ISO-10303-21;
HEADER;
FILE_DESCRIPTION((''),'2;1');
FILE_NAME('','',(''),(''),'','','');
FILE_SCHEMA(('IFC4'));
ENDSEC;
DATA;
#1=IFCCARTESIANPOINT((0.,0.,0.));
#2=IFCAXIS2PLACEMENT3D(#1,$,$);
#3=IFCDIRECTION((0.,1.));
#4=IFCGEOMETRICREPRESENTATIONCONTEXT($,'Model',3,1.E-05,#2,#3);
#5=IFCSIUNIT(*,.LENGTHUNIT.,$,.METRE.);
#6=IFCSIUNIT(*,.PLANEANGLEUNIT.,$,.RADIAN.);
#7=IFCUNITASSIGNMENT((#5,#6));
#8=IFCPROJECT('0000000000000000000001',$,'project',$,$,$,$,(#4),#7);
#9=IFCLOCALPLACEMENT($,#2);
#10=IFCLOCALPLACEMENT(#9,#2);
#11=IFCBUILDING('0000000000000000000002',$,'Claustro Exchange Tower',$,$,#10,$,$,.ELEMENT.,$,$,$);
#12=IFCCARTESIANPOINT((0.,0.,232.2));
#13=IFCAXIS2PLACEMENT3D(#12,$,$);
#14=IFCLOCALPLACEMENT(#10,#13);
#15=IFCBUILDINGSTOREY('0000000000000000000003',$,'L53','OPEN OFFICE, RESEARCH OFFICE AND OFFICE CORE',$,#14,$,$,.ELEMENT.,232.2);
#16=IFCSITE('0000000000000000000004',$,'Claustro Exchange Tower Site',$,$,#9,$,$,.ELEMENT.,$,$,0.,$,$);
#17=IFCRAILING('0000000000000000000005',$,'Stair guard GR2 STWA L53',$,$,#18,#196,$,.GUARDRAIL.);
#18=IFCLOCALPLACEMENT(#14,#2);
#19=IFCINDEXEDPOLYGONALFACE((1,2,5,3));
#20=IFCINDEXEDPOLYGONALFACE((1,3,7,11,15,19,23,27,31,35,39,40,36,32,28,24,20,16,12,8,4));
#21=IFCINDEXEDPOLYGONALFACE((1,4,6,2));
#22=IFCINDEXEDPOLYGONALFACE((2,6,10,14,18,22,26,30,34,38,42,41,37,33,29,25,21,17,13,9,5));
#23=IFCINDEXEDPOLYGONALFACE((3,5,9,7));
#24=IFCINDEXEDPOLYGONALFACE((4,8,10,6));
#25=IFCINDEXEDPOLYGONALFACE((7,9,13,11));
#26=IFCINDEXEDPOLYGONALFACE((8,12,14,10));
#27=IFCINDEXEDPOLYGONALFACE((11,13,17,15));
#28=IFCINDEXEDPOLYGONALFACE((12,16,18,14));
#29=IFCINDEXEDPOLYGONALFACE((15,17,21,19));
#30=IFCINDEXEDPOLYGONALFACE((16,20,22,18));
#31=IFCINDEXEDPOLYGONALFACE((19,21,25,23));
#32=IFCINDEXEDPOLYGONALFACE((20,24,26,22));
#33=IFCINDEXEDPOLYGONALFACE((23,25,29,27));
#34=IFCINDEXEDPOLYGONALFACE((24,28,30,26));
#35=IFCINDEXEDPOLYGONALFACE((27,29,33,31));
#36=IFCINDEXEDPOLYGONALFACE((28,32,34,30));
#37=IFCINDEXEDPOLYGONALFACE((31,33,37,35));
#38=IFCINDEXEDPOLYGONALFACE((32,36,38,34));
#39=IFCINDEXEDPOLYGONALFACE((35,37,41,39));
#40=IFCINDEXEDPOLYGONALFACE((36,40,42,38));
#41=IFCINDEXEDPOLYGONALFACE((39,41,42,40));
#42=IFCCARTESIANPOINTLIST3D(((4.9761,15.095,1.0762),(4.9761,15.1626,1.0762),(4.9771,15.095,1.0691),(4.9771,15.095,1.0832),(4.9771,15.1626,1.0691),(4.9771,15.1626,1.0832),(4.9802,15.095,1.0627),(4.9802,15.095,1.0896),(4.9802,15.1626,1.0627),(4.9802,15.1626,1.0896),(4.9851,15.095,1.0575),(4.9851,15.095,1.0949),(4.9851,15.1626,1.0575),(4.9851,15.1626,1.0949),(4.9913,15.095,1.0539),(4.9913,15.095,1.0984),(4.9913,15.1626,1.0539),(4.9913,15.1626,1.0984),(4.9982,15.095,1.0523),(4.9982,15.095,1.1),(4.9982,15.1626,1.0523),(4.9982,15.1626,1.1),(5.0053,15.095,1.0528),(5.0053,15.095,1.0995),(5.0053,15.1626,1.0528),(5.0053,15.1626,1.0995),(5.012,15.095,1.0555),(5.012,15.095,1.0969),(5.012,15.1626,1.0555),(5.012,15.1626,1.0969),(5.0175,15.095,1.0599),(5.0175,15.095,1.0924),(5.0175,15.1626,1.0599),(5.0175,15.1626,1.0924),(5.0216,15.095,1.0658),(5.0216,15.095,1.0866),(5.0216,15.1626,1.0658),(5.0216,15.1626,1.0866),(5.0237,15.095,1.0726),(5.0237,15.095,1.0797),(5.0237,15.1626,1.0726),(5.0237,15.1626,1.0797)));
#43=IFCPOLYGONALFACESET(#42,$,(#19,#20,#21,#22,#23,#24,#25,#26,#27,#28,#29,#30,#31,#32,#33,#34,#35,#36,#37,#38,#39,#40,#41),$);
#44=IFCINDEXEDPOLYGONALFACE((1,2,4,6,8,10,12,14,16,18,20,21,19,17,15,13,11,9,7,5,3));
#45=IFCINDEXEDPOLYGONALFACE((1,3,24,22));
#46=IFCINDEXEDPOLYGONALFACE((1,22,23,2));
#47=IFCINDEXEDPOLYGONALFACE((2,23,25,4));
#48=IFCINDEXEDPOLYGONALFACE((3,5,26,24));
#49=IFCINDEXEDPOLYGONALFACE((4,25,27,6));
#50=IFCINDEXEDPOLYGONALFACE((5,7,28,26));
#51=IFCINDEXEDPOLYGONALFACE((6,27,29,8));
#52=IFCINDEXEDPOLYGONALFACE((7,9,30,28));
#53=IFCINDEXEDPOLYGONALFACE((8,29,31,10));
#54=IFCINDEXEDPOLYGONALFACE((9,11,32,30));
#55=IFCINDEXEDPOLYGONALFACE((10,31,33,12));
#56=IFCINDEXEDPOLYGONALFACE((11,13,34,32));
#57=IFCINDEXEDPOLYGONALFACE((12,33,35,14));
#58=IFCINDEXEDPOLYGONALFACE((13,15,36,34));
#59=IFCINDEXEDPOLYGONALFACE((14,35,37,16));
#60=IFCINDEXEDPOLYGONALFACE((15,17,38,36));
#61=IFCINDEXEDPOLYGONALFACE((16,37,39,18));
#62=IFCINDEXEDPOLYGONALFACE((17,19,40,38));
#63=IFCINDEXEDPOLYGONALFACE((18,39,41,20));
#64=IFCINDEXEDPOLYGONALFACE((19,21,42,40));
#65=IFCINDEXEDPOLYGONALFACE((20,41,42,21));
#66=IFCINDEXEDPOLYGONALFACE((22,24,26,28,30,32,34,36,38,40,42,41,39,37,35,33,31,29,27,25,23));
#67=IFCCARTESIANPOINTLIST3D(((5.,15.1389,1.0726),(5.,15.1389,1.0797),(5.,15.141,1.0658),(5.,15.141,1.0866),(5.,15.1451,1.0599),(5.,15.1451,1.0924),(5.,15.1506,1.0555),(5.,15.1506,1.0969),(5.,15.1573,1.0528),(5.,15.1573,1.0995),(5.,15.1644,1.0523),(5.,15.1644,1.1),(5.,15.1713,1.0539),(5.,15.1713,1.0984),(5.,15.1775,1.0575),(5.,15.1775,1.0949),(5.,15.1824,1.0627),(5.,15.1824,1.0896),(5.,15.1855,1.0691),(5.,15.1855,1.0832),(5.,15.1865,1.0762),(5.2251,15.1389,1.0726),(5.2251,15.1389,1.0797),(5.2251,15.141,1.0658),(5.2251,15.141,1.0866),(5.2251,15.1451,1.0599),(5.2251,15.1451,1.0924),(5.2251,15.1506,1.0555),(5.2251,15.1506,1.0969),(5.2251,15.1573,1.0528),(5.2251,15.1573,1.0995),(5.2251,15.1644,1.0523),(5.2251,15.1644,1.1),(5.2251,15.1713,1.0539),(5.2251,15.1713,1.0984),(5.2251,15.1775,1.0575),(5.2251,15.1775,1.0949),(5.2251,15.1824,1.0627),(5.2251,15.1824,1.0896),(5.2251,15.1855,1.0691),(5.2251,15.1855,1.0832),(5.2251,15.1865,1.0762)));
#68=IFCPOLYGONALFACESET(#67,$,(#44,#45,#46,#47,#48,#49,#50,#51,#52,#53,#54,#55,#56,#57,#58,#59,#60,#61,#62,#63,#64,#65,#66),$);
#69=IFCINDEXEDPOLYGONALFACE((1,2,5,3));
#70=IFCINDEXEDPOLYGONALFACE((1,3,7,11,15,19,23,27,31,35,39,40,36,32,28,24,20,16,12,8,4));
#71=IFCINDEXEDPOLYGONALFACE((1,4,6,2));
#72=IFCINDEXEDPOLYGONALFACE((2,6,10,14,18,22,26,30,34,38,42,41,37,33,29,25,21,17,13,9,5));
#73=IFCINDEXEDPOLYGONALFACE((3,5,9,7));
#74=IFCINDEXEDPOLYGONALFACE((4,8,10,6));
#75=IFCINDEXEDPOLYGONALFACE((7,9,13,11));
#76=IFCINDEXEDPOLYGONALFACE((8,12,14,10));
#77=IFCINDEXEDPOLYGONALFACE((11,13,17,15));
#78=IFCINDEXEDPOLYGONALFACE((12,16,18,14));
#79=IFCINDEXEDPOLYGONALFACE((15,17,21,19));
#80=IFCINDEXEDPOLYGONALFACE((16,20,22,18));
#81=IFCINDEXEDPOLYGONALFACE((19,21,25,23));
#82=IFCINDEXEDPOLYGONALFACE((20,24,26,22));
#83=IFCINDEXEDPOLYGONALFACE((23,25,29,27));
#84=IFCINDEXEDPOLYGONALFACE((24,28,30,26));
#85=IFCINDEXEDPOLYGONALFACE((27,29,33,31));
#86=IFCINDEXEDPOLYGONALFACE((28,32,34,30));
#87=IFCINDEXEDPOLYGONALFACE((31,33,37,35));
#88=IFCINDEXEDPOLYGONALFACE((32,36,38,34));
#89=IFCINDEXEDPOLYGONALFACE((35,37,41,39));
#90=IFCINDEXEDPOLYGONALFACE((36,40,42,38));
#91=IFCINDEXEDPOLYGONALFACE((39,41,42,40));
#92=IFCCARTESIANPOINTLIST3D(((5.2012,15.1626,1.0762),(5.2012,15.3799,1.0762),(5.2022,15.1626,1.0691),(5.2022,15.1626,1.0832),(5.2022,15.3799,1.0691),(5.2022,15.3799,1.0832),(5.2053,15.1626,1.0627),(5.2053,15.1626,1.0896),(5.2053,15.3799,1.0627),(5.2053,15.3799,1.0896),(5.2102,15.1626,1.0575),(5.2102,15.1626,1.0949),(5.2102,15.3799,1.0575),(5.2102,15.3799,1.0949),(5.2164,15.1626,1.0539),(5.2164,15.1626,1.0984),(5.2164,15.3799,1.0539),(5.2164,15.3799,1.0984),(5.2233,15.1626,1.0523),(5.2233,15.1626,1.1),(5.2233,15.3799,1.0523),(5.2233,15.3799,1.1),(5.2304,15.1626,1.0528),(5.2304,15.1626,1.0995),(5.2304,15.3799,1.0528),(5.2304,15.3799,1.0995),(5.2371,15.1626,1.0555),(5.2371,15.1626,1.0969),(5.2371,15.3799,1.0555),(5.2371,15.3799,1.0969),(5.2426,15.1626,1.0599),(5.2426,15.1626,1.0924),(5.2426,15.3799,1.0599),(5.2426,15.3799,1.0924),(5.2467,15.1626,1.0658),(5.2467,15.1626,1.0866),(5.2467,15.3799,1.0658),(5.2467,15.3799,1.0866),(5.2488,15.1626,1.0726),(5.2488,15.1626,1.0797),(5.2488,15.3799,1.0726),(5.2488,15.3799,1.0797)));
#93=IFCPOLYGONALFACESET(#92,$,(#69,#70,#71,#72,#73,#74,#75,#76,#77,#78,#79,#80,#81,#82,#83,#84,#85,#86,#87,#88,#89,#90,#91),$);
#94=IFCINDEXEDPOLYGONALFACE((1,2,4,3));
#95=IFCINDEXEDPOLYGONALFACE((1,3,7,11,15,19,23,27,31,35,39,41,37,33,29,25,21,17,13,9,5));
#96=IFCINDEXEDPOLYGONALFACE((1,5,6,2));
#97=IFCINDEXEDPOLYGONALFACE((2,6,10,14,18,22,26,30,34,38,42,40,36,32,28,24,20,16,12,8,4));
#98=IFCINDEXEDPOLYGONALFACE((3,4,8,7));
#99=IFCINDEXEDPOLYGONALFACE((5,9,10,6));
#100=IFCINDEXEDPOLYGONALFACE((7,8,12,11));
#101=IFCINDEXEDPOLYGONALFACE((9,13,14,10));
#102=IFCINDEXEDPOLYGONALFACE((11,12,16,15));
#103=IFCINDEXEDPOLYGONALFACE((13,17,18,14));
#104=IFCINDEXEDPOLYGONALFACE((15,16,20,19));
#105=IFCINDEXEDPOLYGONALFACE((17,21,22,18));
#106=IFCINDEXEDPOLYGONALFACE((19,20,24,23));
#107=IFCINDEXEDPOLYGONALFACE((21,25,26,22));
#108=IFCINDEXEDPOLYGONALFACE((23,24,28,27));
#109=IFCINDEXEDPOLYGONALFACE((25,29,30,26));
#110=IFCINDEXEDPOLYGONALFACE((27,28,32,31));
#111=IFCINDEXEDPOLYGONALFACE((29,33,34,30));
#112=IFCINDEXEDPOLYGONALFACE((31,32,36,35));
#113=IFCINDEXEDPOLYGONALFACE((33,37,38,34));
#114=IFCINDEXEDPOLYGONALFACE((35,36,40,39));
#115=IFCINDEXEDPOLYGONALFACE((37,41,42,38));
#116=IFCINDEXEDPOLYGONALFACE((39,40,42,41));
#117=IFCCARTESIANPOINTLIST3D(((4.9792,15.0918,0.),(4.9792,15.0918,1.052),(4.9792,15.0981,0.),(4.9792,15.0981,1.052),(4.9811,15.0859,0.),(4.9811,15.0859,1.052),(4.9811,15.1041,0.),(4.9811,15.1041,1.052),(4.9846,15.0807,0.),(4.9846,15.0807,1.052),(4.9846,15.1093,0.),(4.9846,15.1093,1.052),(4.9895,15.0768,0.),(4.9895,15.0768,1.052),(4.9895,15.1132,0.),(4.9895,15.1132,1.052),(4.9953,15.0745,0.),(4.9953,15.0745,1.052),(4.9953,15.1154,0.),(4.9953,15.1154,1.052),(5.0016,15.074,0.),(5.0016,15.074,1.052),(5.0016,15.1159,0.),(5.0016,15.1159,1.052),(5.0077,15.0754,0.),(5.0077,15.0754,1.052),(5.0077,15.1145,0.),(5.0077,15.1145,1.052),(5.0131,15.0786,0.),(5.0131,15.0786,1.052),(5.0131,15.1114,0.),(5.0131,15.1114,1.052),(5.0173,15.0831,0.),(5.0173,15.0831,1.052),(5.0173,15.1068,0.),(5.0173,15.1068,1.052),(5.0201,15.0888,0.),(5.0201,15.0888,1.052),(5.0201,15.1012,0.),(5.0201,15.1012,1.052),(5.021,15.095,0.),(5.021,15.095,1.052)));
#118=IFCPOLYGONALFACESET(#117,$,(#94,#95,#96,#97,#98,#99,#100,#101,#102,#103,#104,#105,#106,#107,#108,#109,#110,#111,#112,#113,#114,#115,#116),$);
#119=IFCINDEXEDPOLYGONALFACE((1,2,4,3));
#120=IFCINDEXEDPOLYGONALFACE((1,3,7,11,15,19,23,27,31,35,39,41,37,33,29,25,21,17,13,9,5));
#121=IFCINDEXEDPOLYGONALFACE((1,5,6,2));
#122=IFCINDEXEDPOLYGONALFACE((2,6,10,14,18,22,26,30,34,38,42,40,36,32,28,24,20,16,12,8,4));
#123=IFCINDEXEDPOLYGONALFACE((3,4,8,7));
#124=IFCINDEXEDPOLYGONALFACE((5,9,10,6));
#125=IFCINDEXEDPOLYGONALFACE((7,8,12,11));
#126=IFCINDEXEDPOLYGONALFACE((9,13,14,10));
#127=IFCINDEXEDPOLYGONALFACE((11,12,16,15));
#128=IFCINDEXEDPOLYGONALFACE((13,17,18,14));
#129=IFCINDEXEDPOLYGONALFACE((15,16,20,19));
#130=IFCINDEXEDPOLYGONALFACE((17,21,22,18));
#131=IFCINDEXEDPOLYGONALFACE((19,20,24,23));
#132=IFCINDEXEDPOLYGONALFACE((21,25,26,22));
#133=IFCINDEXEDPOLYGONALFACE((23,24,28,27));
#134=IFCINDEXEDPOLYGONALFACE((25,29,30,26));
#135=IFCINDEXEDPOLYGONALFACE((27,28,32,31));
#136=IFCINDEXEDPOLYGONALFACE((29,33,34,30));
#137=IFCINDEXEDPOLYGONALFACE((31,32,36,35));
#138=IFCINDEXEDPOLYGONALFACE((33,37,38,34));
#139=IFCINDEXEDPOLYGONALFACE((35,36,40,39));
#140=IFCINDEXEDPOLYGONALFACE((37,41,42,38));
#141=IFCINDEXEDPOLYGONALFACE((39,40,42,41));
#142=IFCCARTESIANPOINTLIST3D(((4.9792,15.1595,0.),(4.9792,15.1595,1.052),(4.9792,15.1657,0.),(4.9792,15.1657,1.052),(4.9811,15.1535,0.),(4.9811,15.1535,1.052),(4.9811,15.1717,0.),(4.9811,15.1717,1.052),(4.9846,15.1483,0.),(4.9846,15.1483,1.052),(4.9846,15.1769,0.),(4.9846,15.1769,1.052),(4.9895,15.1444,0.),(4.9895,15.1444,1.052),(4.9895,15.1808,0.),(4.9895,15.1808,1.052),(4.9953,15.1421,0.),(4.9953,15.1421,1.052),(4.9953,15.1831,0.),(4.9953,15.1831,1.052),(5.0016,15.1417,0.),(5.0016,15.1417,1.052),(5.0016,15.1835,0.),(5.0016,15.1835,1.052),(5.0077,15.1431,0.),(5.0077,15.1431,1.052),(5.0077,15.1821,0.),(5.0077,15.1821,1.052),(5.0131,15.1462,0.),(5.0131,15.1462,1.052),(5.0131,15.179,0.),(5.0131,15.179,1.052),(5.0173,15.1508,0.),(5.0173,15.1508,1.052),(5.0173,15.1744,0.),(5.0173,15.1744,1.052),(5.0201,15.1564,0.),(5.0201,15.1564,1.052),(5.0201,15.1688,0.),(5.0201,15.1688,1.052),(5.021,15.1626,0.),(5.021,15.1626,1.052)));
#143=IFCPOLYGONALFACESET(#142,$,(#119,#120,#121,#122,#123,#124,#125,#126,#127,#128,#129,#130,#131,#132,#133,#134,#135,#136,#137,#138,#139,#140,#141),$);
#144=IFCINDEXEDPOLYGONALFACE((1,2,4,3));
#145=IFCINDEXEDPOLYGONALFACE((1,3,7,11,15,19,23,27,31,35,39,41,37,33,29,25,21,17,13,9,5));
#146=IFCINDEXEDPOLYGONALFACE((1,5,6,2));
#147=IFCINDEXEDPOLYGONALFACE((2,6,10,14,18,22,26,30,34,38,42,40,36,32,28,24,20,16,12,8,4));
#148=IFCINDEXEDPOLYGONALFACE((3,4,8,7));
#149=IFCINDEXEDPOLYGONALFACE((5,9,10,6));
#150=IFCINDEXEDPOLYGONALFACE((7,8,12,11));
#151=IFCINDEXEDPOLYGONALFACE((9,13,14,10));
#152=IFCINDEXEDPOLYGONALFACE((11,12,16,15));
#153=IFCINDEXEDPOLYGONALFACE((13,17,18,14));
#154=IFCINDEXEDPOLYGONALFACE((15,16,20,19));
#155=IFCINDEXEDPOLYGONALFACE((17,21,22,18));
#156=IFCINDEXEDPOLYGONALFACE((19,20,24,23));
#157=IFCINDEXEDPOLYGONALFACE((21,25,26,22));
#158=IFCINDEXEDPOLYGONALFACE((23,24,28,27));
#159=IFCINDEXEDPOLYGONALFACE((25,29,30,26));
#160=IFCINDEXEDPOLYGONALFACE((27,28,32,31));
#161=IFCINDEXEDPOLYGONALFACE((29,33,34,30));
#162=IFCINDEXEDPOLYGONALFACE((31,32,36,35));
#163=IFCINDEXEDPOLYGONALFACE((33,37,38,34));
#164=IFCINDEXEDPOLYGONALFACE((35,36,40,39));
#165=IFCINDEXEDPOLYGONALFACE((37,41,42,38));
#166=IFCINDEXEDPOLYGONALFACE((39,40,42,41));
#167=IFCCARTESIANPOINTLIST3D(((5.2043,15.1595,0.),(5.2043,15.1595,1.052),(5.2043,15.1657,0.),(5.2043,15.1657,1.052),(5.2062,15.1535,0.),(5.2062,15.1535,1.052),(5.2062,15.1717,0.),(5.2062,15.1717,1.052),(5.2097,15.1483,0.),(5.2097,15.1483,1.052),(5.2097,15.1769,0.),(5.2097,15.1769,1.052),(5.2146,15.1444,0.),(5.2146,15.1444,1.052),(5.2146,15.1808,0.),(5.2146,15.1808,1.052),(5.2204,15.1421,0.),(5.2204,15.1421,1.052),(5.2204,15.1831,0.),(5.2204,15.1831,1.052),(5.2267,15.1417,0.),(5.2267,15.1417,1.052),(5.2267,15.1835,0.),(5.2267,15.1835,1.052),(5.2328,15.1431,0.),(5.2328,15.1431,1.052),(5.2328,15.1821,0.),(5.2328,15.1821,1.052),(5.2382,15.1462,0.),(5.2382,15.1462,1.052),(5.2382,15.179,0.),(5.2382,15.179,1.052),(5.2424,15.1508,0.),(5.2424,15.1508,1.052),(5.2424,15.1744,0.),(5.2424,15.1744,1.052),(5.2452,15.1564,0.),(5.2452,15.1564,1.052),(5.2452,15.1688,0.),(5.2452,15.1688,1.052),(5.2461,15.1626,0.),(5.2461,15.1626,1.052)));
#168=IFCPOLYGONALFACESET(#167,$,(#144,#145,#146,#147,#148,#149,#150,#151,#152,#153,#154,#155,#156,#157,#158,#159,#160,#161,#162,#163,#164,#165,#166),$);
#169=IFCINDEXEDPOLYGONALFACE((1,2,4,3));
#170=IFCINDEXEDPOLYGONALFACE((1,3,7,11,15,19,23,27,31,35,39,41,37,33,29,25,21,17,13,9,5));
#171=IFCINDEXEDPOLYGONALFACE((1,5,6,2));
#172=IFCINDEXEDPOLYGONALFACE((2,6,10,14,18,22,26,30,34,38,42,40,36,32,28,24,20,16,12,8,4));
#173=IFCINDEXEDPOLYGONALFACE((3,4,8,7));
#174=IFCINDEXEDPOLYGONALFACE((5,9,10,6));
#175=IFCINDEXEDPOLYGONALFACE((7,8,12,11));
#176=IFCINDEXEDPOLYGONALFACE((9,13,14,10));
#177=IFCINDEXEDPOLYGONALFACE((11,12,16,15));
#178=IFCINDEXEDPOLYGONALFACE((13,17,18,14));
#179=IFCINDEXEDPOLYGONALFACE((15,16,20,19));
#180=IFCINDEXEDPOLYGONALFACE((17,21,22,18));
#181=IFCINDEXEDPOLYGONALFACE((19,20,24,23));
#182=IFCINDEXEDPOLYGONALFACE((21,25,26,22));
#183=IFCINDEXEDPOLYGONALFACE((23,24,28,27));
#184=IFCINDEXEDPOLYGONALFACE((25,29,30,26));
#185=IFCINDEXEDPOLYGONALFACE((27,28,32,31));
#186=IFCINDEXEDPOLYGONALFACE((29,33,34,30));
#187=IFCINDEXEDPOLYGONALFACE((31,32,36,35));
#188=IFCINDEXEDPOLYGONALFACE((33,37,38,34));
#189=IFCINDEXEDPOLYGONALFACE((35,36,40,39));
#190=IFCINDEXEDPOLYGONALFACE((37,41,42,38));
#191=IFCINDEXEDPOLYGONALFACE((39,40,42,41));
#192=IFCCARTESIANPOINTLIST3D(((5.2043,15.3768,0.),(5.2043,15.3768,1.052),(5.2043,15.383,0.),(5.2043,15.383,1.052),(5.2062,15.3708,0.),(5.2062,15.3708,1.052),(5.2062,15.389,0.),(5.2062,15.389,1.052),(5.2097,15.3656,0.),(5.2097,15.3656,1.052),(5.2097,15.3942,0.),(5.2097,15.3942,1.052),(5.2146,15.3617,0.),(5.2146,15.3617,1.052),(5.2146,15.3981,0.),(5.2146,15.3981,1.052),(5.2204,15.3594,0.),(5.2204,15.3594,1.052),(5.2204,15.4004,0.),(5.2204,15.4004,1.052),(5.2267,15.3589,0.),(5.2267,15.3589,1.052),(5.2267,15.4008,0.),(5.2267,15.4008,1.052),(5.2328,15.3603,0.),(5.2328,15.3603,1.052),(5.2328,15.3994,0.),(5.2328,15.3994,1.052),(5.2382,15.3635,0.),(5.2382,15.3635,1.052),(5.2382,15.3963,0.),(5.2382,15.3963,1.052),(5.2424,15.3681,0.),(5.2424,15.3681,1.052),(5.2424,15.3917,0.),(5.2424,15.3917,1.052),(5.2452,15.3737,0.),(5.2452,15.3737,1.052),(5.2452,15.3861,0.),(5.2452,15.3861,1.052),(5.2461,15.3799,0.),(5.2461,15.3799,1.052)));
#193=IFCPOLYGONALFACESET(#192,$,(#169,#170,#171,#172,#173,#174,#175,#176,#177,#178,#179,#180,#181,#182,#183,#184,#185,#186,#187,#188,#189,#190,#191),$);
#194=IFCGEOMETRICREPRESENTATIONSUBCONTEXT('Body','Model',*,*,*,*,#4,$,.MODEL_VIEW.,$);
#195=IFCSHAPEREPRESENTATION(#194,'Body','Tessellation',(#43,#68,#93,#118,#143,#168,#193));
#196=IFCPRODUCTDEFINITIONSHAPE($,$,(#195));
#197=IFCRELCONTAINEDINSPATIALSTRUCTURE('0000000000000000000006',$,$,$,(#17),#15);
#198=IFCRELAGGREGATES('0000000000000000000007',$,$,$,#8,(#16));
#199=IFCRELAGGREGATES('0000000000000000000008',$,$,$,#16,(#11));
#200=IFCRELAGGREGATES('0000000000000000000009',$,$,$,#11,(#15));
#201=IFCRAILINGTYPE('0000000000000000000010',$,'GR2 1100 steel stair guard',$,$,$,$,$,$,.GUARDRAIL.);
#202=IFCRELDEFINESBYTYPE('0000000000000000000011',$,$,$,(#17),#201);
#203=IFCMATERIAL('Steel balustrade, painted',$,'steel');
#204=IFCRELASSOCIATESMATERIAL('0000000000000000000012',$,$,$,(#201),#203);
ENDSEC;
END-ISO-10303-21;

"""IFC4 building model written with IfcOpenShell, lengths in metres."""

from ifc_helpers import new_model, si_unit, direction, frame, origin, origin_2d, place, context, subcontext, project, spatial, circle, extrude, material, type_object, element, save


model = new_model("IFC4")

# Units and contexts
model_context = context("Model", 3, precision=1e-05, world=origin(), true_north=direction((0.0, 1.0)))
body_context = subcontext(model_context, "Body", "Model", "MODEL_VIEW")
ifc_project = project(units=[si_unit("LENGTHUNIT", "METRE"), si_unit("PLANEANGLEUNIT", "RADIAN")], contexts=[model_context])

# Site, building, storey
site_placement = place(None, origin())
site = spatial("IfcSite", under=ifc_project, at=site_placement, Name="Claustro Exchange Tower Site", CompositionType="ELEMENT", RefElevation=0.0)
building_placement = place(site_placement, origin())
building = spatial("IfcBuilding", under=site, at=building_placement, Name="Claustro Exchange Tower", CompositionType="ELEMENT")
storey_placement = place(building_placement, frame((0.0, 0.0, 232.2)))
storey = spatial("IfcBuildingStorey", under=building, at=storey_placement, Name="L53", Description="OPEN OFFICE, RESEARCH OFFICE AND OFFICE CORE", CompositionType="ELEMENT", Elevation=232.2)

# Railing
ifc_material_1 = material(Name="Steel balustrade, painted", Category="steel")
railing_type_1 = type_object("IfcRailingType", Name="GR2 1100 steel stair guard", PredefinedType="GUARDRAIL", material=ifc_material_1)
railing_1_placement = place(storey_placement, frame((5.0, 15.095, 0.0)))
element("IfcRailing", 1, at=railing_1_placement, inside=storey, type_object=railing_type_1, Name="Stair guard GR2 STWA L53", PredefinedType="GUARDRAIL", context=body_context, shape_type="SweptSolid", body=[
    extrude(circle(Radius=0.0239, at=origin_2d()), frame((0.0, 0.0, 1.0762), z_axis=(0.0, 1.0, 0.0), x_axis=(-1.0, 0.0, 0.0)), (0.0, 0.0, 1.0), 0.0676),
    extrude(circle(Radius=0.0239, at=origin_2d()), frame((0.0, 0.0676, 1.0762), z_axis=(1.0, 0.0, 0.0), x_axis=(0.0, 1.0, 0.0)), (0.0, 0.0, 1.0), 0.2251),
    extrude(circle(Radius=0.0239, at=origin_2d()), frame((0.2251, 0.0676, 1.0762), z_axis=(0.0, 1.0, 0.0), x_axis=(-1.0, 0.0, 0.0)), (0.0, 0.0, 1.0), 0.2173),
    extrude(circle(Radius=0.021, at=origin_2d()), origin(), (0.0, 0.0, 1.0), 1.052),
    extrude(circle(Radius=0.021, at=origin_2d()), frame((0.0, 0.0676, 0.0)), (0.0, 0.0, 1.0), 1.052),
    extrude(circle(Radius=0.021, at=origin_2d()), frame((0.2251, 0.0676, 0.0)), (0.0, 0.0, 1.0), 1.052),
    extrude(circle(Radius=0.021, at=origin_2d()), frame((0.2251, 0.2849, 0.0)), (0.0, 0.0, 1.0), 1.052),
])

save(model, "model.ifc")
